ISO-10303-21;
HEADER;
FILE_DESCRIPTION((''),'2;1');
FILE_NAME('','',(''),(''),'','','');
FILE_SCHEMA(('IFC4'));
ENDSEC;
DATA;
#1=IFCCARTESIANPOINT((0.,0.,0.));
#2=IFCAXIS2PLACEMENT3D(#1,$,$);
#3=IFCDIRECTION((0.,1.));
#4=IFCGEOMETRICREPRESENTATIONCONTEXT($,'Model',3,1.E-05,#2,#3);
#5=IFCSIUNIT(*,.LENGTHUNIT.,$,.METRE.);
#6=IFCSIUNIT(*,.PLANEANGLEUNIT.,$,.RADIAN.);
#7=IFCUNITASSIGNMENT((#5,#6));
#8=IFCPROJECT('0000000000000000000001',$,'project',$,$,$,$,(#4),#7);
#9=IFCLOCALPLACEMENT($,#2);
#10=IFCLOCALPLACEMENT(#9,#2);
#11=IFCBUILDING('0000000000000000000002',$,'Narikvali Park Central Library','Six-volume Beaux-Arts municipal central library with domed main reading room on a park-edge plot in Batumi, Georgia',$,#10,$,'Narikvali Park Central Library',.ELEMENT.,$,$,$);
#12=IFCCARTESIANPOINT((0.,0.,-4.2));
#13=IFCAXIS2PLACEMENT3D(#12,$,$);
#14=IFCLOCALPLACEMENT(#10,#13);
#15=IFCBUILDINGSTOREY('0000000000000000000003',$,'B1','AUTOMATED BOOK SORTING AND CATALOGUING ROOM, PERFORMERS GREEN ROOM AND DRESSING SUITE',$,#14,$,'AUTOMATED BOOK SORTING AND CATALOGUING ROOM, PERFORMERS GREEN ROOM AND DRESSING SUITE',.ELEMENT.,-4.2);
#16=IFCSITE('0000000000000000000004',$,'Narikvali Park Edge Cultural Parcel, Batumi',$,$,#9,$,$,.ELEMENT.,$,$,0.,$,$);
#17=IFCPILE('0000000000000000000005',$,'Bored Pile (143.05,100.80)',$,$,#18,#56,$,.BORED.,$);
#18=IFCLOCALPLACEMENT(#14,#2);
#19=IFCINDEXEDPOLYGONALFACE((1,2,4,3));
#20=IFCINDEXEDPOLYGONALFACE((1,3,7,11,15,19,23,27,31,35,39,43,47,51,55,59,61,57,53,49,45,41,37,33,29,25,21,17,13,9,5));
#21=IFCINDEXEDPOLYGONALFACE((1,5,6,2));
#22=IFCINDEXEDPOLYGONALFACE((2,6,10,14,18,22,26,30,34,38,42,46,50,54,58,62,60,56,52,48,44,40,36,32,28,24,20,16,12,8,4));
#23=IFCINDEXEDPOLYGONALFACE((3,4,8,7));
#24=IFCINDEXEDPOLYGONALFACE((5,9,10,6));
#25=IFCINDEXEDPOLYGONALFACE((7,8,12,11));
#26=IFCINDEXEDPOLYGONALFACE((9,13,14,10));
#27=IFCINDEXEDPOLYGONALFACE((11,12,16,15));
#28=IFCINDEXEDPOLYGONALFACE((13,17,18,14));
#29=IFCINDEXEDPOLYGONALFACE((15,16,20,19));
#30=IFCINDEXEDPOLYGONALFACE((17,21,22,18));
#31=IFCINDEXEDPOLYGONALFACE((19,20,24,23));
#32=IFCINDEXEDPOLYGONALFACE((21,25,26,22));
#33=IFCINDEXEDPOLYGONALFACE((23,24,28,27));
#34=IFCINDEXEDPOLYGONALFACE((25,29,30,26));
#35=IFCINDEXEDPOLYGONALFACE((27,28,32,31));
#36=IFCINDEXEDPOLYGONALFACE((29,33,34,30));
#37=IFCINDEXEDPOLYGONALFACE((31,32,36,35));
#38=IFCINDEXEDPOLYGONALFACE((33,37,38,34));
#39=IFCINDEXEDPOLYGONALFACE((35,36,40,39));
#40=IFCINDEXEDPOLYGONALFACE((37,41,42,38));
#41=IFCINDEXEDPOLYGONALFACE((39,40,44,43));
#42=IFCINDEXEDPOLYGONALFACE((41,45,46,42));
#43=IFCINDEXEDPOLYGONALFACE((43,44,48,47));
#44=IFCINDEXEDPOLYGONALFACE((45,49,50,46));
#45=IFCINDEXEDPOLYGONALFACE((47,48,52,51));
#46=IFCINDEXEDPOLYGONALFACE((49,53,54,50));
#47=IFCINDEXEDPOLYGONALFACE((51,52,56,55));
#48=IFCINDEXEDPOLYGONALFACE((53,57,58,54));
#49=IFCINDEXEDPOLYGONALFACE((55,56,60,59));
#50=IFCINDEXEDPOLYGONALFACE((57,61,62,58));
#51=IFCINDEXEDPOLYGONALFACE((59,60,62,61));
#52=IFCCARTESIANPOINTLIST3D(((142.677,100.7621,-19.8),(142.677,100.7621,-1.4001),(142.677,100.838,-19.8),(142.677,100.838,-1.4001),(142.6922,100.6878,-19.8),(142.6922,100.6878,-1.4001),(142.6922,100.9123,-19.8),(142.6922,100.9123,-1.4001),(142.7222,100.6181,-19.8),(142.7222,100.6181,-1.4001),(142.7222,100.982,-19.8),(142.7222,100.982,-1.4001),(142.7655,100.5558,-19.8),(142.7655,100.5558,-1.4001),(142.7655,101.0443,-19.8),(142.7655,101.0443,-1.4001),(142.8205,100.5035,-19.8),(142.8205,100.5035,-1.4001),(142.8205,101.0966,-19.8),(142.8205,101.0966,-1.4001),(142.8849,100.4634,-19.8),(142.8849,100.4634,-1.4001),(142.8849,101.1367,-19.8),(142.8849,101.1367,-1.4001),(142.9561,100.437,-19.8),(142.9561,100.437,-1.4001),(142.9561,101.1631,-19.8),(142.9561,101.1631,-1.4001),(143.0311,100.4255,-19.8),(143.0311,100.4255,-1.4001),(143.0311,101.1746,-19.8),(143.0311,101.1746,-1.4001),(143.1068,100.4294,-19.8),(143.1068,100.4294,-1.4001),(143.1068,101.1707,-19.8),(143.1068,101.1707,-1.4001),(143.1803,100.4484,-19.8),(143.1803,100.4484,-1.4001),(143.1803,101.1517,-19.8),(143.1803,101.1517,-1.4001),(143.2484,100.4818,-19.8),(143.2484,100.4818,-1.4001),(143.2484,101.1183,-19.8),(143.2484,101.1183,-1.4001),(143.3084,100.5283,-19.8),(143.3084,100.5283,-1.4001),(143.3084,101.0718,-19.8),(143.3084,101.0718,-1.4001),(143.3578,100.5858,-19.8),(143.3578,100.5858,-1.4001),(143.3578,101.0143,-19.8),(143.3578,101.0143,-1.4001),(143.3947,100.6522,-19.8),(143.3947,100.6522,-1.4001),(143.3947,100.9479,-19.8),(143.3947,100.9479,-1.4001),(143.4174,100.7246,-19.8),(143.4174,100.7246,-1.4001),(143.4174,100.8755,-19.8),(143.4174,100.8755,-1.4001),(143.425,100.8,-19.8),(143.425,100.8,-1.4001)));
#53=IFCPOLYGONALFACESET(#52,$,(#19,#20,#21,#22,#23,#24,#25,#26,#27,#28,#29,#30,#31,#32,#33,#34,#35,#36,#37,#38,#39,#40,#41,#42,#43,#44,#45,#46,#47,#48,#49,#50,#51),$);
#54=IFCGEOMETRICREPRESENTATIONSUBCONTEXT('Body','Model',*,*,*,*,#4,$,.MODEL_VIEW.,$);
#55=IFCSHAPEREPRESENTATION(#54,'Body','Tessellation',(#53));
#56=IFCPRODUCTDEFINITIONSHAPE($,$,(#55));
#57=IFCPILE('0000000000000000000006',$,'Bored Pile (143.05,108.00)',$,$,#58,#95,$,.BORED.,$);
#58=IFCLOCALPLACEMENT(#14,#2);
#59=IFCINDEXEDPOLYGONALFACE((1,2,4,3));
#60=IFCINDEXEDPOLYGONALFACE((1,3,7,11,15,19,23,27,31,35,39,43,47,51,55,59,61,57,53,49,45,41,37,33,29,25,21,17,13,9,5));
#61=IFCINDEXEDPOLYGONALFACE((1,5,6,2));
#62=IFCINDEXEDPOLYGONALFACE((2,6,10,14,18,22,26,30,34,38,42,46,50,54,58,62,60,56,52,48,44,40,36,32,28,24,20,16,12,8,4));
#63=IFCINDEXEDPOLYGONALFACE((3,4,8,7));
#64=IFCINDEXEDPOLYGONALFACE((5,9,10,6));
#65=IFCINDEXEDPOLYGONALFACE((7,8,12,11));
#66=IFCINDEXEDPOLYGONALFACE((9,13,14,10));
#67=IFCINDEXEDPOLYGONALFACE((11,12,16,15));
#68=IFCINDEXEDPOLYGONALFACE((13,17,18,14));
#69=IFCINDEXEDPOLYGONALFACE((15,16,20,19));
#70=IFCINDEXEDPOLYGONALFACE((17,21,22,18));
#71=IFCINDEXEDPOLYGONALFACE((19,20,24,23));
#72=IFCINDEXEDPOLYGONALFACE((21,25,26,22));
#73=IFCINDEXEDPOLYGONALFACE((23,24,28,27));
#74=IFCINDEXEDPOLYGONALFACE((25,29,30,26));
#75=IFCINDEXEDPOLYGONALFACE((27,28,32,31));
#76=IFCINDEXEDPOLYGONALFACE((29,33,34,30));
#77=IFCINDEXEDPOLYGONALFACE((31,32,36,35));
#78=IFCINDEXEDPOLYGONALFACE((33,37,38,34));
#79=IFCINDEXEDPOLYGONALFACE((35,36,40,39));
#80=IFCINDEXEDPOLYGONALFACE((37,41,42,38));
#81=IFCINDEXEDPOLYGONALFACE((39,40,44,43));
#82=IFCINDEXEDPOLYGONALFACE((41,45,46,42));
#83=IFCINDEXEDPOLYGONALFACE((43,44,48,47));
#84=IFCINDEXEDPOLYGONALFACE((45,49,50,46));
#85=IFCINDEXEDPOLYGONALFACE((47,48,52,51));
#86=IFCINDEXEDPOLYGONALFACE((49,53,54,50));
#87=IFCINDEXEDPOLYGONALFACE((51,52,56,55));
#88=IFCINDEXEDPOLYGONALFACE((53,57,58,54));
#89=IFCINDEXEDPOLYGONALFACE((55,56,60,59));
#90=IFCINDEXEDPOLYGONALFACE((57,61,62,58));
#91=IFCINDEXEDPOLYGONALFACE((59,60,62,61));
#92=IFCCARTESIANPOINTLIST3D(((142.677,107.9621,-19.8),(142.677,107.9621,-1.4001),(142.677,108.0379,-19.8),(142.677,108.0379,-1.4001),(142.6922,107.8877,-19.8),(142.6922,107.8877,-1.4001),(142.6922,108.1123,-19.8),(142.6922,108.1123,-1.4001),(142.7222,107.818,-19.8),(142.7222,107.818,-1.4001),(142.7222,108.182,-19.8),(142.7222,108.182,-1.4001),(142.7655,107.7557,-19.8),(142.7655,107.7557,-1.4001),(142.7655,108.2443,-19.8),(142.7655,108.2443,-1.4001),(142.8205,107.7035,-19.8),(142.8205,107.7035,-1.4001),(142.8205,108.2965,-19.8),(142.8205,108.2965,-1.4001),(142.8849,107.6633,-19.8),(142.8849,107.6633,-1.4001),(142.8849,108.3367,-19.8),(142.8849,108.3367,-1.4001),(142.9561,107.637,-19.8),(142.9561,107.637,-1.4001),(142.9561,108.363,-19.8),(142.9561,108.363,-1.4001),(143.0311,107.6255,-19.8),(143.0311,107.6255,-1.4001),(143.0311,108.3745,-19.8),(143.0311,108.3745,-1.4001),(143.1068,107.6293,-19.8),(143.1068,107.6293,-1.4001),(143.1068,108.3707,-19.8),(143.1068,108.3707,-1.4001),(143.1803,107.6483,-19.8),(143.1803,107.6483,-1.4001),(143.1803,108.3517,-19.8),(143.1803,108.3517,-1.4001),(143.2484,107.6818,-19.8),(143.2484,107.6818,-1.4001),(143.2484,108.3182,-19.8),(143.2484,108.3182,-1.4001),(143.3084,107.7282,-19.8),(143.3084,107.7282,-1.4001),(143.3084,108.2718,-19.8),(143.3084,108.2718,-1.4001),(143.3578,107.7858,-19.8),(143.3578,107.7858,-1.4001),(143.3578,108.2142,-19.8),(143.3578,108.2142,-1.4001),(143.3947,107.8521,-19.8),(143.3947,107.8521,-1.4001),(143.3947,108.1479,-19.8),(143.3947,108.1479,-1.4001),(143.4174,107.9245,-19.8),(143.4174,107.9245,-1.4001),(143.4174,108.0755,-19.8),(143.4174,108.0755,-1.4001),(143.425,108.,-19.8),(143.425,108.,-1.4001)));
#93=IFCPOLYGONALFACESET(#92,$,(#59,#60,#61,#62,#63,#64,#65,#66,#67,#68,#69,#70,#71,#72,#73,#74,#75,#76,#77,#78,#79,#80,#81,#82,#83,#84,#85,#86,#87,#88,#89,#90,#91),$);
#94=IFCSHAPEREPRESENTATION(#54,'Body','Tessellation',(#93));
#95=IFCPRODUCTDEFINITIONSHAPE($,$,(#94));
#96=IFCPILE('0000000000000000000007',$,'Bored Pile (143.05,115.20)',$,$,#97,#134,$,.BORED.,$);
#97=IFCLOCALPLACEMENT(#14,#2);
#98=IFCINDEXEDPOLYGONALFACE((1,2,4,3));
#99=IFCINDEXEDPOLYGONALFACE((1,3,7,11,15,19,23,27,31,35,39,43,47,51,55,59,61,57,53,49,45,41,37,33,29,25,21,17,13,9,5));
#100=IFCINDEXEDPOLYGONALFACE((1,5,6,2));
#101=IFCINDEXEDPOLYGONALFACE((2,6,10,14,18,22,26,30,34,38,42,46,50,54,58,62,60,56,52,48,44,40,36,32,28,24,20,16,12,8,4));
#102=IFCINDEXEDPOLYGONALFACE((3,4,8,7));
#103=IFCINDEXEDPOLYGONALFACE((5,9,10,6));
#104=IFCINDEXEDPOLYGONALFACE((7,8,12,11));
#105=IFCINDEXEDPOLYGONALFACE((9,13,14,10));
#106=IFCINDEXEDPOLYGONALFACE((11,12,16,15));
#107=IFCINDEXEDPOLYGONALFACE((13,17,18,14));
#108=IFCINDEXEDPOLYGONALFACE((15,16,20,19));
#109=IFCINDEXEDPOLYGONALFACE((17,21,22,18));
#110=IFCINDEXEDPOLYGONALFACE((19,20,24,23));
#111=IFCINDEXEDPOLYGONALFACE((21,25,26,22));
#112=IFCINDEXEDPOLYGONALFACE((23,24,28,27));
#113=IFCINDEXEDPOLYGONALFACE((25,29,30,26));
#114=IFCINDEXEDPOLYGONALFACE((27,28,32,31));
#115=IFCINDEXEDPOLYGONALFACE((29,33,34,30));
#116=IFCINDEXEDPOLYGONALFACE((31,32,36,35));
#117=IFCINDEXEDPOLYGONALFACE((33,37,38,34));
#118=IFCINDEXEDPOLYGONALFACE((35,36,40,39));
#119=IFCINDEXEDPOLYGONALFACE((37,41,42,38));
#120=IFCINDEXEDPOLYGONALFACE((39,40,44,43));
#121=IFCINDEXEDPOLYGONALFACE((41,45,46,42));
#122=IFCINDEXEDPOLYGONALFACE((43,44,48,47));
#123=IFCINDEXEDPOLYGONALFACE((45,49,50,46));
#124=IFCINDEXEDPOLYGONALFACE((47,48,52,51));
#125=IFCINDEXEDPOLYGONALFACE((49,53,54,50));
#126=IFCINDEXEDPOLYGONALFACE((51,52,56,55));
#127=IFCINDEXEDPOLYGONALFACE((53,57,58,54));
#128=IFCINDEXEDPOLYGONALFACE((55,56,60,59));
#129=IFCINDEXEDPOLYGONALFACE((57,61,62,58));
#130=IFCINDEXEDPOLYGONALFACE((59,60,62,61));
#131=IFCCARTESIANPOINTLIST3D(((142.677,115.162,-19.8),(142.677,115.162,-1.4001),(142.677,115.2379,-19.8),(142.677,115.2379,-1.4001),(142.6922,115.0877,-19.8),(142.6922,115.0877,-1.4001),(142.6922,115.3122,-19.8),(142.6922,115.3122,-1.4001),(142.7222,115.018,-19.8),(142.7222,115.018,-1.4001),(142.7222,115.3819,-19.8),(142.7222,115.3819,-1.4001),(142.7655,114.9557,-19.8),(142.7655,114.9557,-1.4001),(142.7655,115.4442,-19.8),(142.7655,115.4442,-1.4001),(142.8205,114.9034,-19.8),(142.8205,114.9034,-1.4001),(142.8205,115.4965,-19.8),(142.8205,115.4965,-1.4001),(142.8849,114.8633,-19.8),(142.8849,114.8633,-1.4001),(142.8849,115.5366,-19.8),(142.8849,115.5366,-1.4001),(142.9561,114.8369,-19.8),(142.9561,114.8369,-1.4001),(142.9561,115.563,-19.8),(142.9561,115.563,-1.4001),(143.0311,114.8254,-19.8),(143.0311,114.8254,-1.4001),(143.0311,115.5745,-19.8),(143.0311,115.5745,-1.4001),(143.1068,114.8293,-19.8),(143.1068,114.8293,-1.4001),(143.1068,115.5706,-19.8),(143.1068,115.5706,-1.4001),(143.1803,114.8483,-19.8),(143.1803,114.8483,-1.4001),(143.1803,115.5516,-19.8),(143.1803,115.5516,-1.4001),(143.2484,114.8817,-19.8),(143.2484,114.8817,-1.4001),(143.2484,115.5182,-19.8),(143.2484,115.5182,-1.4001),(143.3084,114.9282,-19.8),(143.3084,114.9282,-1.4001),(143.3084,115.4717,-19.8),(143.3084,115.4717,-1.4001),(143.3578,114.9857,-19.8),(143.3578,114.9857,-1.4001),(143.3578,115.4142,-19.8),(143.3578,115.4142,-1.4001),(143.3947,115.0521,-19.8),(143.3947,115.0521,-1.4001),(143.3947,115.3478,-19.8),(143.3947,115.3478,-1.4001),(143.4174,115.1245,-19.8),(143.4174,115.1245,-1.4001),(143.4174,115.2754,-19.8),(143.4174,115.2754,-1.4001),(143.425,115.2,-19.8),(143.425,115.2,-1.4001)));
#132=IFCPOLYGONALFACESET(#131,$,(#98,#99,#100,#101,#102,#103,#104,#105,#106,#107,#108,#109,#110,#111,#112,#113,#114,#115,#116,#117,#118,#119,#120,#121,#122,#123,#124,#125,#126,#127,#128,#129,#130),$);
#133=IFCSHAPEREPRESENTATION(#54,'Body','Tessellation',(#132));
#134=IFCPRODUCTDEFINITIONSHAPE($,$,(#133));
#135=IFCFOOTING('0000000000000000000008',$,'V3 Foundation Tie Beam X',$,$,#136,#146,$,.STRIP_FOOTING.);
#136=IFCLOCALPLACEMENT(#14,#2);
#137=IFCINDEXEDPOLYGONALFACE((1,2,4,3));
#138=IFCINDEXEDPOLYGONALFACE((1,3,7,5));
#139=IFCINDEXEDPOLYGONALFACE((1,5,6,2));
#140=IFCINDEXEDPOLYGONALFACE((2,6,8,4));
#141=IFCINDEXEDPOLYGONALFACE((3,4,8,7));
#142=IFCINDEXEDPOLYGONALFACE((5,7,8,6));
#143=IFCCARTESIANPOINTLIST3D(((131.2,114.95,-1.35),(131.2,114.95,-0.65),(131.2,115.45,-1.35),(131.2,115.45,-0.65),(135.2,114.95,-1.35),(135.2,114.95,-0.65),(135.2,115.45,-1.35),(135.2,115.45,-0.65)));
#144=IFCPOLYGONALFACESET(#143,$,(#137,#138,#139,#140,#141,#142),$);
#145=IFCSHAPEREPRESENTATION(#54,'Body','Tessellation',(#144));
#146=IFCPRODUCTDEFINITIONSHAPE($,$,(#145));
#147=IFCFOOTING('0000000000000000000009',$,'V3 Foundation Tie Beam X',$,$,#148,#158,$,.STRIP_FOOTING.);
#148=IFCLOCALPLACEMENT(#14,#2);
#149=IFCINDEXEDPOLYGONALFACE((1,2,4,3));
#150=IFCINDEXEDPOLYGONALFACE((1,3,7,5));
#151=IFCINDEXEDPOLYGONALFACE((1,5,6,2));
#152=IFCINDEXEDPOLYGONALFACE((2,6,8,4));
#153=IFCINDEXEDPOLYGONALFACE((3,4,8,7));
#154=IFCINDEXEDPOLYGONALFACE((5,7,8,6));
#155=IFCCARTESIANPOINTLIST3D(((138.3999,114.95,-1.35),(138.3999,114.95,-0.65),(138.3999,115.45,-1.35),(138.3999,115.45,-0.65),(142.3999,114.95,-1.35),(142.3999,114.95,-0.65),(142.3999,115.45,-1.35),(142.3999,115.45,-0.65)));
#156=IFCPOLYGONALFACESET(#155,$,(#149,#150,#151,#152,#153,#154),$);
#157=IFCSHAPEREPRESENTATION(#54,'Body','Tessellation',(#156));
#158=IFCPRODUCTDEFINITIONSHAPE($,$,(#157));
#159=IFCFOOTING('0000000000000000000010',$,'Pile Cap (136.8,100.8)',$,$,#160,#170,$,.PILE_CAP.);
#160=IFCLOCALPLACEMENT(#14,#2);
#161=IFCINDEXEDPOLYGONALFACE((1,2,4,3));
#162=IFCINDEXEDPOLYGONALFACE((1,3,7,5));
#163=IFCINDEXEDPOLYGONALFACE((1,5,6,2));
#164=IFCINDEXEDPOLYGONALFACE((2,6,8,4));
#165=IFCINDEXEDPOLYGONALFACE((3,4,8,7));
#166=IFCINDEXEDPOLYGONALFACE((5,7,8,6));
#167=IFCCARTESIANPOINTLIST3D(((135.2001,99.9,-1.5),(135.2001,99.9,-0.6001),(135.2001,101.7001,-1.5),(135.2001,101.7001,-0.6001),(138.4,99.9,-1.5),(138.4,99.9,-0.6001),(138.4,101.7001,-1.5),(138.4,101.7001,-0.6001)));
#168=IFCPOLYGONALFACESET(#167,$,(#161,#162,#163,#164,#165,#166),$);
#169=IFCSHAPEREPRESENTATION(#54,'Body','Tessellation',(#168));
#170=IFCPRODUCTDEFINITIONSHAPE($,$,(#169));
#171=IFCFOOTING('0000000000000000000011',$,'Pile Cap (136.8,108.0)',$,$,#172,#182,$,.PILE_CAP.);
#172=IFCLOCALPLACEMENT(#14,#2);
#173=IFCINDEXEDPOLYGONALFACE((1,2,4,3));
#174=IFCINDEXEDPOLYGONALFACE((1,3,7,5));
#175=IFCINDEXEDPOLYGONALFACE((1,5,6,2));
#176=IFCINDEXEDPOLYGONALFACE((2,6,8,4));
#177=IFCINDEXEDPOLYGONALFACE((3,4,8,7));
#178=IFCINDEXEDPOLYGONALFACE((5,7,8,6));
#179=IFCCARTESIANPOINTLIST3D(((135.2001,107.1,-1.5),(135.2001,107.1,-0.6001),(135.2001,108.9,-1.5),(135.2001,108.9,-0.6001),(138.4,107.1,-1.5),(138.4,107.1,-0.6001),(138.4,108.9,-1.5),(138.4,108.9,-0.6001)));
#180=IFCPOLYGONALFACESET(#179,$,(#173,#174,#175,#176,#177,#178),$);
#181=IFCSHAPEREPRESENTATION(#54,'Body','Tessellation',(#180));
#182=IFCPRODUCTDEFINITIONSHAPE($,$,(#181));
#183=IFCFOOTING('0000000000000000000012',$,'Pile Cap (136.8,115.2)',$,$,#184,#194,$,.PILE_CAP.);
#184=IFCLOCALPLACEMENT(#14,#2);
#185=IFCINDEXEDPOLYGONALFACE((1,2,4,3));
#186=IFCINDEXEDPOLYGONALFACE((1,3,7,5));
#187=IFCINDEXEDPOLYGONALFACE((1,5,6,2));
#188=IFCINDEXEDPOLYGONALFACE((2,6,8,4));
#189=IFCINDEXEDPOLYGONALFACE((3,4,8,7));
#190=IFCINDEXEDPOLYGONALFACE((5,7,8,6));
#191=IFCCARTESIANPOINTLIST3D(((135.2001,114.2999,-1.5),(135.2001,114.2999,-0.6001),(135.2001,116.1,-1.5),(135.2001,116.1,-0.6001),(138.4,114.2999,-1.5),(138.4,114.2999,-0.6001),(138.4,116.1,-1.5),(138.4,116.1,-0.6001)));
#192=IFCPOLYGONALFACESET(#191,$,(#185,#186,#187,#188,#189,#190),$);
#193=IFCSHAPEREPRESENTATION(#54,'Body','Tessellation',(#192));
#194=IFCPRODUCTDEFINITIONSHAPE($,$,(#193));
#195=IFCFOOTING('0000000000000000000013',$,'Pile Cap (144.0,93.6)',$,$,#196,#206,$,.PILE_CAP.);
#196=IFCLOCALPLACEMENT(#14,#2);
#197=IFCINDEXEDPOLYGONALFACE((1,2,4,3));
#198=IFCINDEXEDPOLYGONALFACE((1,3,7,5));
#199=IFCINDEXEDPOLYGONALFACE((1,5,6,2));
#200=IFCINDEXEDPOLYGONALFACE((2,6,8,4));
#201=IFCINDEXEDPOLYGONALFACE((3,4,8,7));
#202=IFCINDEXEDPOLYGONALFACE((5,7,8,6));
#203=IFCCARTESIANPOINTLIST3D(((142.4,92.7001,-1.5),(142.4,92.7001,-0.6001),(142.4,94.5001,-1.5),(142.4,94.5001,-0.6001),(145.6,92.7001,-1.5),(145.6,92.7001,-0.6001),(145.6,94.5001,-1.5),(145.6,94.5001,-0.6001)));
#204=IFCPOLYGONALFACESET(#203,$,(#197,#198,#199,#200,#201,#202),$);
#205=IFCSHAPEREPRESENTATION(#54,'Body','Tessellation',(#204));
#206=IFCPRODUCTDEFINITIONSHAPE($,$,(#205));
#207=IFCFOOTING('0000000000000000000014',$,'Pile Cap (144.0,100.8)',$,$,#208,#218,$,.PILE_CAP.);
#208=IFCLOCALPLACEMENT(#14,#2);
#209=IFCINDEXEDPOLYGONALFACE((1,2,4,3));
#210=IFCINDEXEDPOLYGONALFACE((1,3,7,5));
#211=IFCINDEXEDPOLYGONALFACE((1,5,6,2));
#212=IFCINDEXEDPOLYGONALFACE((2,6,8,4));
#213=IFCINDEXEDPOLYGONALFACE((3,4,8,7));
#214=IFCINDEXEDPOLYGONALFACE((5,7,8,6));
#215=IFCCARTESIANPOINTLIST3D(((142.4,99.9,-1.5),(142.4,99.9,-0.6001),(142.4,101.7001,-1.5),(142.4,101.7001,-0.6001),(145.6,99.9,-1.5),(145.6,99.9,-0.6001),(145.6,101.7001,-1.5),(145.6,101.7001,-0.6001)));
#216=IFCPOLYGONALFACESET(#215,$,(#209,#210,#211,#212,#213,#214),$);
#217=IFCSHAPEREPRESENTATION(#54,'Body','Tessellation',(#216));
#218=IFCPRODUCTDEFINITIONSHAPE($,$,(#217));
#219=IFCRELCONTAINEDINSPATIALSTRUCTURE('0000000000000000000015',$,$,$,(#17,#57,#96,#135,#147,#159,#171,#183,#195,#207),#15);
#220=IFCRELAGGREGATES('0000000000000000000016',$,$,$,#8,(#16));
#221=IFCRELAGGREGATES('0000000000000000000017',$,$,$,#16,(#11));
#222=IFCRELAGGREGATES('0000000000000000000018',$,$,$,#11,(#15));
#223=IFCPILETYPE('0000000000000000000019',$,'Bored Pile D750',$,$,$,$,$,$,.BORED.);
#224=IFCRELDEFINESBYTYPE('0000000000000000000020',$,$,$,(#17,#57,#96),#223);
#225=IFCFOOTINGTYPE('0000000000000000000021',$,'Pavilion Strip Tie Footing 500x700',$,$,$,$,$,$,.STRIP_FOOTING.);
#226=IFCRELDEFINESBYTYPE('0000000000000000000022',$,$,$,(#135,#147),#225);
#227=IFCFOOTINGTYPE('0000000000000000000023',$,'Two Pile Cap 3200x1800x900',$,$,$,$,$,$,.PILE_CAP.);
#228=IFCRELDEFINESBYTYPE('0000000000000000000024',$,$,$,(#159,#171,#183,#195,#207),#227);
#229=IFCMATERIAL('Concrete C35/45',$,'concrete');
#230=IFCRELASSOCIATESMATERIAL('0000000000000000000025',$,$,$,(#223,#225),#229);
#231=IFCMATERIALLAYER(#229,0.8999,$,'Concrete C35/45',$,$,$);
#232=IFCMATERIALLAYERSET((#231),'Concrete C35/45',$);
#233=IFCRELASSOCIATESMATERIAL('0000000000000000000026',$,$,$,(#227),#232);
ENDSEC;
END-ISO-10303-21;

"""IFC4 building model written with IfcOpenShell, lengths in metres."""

from ifc_helpers import new_model, si_unit, direction, frame, origin, origin_2d, place, context, subcontext, project, spatial, rectangle, circle, extrude, material, layer, layer_set, material_profile, profile_set, type_object, element, save


model = new_model("IFC4")

# Units and contexts
model_context = context("Model", 3, precision=1e-05, world=origin(), true_north=direction((0.0, 1.0)))
body_context = subcontext(model_context, "Body", "Model", "MODEL_VIEW")
ifc_project = project(units=[si_unit("LENGTHUNIT", "METRE"), si_unit("PLANEANGLEUNIT", "RADIAN")], contexts=[model_context])

# Site, building, storey
site_placement = place(None, origin())
site = spatial("IfcSite", under=ifc_project, at=site_placement, Name="Narikvali Park Edge Cultural Parcel, Batumi", CompositionType="ELEMENT", RefElevation=0.0)
building_placement = place(site_placement, origin())
building = spatial("IfcBuilding", under=site, at=building_placement, Name="Narikvali Park Central Library", Description="Six-volume Beaux-Arts municipal central library with domed main reading room on a park-edge plot in Batumi, Georgia", LongName="Narikvali Park Central Library", CompositionType="ELEMENT")
storey_placement = place(building_placement, frame((0.0, 0.0, -4.2)))
storey = spatial("IfcBuildingStorey", under=building, at=storey_placement, Name="B1", Description="AUTOMATED BOOK SORTING AND CATALOGUING ROOM, PERFORMERS GREEN ROOM AND DRESSING SUITE", LongName="AUTOMATED BOOK SORTING AND CATALOGUING ROOM, PERFORMERS GREEN ROOM AND DRESSING SUITE", CompositionType="ELEMENT", Elevation=-4.2)

# Piles
ifc_material_1 = material(Name="Concrete C35/45", Category="concrete")
ifc_material_profile_1 = material_profile(ifc_material_1, circle(Radius=0.375, at=origin_2d()), Name="PILE D750")
ifc_profile_set_1 = profile_set([ifc_material_profile_1], Name="Concrete C35/45")
pile_type = type_object("IfcPileType", Name="Bored Pile D750", PredefinedType="BORED", material=ifc_profile_set_1)
for number, where, z_axis, x_axis, name in (
    (1, (143.05, 100.8, -1.4001), (0.0, 0.0, -1.0), (1.0, 0.0, 0.0), "Bored Pile (143.05,100.80)"),
    (2, (143.05, 108.0, -1.4001), (0.0, 0.0, -1.0), (1.0, 0.0, 0.0), "Bored Pile (143.05,108.00)"),
    (3, (143.05, 115.2, -1.4001), (0.0, 0.0, -1.0), (1.0, 0.0, 0.0), "Bored Pile (143.05,115.20)"),
):
    element("IfcPile", number, at=place(storey_placement, frame(where, z_axis=z_axis, x_axis=x_axis)), inside=storey, type_object=pile_type, Name=name, PredefinedType="BORED", context=body_context, shape_type="SweptSolid", body=[
        extrude(circle(Radius=0.375, at=origin_2d()), origin(), (0.0, 0.0, 1.0), 18.3999),
    ])

# Footings
ifc_material_profile_2 = material_profile(ifc_material_1, rectangle(XDim=0.5, YDim=0.7, at=origin_2d()), Name="RC GB 500x700")
ifc_profile_set_2 = profile_set([ifc_material_profile_2], Name="Concrete C35/45")
footing_type_1 = type_object("IfcFootingType", Name="Pavilion Strip Tie Footing 500x700", PredefinedType="STRIP_FOOTING", material=ifc_profile_set_2)
for number, where, z_axis, x_axis, name in (
    (4, (131.2, 115.2, -1.0), (1.0, 0.0, 0.0), (0.0, 1.0, 0.0), "V3 Foundation Tie Beam X"),
    (5, (138.3999, 115.2, -1.0), (1.0, 0.0, 0.0), (0.0, 1.0, 0.0), "V3 Foundation Tie Beam X"),
):
    element("IfcFooting", number, at=place(storey_placement, frame(where, z_axis=z_axis, x_axis=x_axis)), inside=storey, type_object=footing_type_1, Name=name, PredefinedType="STRIP_FOOTING", context=body_context, shape_type="SweptSolid", body=[
        extrude(rectangle(XDim=0.5, YDim=0.7, at=origin_2d()), origin(), (0.0, 0.0, 1.0), 4.0),
    ])
ifc_layer_1 = layer(ifc_material_1, 0.8999, Name="Concrete C35/45")
ifc_layer_set_1 = layer_set([ifc_layer_1], Name="Concrete C35/45")
footing_type_2 = type_object("IfcFootingType", Name="Two Pile Cap 3200x1800x900", PredefinedType="PILE_CAP", material=ifc_layer_set_1)
for number, where, z_axis, x_axis, name in (
    (6, (136.8, 100.8, -1.5), (0.0, 0.0, 1.0), (1.0, 0.0, 0.0), "Pile Cap (136.8,100.8)"),
    (7, (136.8, 108.0, -1.5), (0.0, 0.0, 1.0), (1.0, 0.0, 0.0), "Pile Cap (136.8,108.0)"),
    (8, (136.8, 115.2, -1.5), (0.0, 0.0, 1.0), (1.0, 0.0, 0.0), "Pile Cap (136.8,115.2)"),
    (9, (144.0, 93.6001, -1.5), (0.0, 0.0, 1.0), (1.0, 0.0, 0.0), "Pile Cap (144.0,93.6)"),
    (10, (144.0, 100.8, -1.5), (0.0, 0.0, 1.0), (1.0, 0.0, 0.0), "Pile Cap (144.0,100.8)"),
):
    element("IfcFooting", number, at=place(storey_placement, frame(where, z_axis=z_axis, x_axis=x_axis)), inside=storey, type_object=footing_type_2, Name=name, PredefinedType="PILE_CAP", context=body_context, shape_type="SweptSolid", body=[
        extrude(rectangle(XDim=3.2, YDim=1.8, at=origin_2d()), origin(), (0.0, 0.0, 1.0), 0.8999),
    ])

save(model, "model.ifc")
